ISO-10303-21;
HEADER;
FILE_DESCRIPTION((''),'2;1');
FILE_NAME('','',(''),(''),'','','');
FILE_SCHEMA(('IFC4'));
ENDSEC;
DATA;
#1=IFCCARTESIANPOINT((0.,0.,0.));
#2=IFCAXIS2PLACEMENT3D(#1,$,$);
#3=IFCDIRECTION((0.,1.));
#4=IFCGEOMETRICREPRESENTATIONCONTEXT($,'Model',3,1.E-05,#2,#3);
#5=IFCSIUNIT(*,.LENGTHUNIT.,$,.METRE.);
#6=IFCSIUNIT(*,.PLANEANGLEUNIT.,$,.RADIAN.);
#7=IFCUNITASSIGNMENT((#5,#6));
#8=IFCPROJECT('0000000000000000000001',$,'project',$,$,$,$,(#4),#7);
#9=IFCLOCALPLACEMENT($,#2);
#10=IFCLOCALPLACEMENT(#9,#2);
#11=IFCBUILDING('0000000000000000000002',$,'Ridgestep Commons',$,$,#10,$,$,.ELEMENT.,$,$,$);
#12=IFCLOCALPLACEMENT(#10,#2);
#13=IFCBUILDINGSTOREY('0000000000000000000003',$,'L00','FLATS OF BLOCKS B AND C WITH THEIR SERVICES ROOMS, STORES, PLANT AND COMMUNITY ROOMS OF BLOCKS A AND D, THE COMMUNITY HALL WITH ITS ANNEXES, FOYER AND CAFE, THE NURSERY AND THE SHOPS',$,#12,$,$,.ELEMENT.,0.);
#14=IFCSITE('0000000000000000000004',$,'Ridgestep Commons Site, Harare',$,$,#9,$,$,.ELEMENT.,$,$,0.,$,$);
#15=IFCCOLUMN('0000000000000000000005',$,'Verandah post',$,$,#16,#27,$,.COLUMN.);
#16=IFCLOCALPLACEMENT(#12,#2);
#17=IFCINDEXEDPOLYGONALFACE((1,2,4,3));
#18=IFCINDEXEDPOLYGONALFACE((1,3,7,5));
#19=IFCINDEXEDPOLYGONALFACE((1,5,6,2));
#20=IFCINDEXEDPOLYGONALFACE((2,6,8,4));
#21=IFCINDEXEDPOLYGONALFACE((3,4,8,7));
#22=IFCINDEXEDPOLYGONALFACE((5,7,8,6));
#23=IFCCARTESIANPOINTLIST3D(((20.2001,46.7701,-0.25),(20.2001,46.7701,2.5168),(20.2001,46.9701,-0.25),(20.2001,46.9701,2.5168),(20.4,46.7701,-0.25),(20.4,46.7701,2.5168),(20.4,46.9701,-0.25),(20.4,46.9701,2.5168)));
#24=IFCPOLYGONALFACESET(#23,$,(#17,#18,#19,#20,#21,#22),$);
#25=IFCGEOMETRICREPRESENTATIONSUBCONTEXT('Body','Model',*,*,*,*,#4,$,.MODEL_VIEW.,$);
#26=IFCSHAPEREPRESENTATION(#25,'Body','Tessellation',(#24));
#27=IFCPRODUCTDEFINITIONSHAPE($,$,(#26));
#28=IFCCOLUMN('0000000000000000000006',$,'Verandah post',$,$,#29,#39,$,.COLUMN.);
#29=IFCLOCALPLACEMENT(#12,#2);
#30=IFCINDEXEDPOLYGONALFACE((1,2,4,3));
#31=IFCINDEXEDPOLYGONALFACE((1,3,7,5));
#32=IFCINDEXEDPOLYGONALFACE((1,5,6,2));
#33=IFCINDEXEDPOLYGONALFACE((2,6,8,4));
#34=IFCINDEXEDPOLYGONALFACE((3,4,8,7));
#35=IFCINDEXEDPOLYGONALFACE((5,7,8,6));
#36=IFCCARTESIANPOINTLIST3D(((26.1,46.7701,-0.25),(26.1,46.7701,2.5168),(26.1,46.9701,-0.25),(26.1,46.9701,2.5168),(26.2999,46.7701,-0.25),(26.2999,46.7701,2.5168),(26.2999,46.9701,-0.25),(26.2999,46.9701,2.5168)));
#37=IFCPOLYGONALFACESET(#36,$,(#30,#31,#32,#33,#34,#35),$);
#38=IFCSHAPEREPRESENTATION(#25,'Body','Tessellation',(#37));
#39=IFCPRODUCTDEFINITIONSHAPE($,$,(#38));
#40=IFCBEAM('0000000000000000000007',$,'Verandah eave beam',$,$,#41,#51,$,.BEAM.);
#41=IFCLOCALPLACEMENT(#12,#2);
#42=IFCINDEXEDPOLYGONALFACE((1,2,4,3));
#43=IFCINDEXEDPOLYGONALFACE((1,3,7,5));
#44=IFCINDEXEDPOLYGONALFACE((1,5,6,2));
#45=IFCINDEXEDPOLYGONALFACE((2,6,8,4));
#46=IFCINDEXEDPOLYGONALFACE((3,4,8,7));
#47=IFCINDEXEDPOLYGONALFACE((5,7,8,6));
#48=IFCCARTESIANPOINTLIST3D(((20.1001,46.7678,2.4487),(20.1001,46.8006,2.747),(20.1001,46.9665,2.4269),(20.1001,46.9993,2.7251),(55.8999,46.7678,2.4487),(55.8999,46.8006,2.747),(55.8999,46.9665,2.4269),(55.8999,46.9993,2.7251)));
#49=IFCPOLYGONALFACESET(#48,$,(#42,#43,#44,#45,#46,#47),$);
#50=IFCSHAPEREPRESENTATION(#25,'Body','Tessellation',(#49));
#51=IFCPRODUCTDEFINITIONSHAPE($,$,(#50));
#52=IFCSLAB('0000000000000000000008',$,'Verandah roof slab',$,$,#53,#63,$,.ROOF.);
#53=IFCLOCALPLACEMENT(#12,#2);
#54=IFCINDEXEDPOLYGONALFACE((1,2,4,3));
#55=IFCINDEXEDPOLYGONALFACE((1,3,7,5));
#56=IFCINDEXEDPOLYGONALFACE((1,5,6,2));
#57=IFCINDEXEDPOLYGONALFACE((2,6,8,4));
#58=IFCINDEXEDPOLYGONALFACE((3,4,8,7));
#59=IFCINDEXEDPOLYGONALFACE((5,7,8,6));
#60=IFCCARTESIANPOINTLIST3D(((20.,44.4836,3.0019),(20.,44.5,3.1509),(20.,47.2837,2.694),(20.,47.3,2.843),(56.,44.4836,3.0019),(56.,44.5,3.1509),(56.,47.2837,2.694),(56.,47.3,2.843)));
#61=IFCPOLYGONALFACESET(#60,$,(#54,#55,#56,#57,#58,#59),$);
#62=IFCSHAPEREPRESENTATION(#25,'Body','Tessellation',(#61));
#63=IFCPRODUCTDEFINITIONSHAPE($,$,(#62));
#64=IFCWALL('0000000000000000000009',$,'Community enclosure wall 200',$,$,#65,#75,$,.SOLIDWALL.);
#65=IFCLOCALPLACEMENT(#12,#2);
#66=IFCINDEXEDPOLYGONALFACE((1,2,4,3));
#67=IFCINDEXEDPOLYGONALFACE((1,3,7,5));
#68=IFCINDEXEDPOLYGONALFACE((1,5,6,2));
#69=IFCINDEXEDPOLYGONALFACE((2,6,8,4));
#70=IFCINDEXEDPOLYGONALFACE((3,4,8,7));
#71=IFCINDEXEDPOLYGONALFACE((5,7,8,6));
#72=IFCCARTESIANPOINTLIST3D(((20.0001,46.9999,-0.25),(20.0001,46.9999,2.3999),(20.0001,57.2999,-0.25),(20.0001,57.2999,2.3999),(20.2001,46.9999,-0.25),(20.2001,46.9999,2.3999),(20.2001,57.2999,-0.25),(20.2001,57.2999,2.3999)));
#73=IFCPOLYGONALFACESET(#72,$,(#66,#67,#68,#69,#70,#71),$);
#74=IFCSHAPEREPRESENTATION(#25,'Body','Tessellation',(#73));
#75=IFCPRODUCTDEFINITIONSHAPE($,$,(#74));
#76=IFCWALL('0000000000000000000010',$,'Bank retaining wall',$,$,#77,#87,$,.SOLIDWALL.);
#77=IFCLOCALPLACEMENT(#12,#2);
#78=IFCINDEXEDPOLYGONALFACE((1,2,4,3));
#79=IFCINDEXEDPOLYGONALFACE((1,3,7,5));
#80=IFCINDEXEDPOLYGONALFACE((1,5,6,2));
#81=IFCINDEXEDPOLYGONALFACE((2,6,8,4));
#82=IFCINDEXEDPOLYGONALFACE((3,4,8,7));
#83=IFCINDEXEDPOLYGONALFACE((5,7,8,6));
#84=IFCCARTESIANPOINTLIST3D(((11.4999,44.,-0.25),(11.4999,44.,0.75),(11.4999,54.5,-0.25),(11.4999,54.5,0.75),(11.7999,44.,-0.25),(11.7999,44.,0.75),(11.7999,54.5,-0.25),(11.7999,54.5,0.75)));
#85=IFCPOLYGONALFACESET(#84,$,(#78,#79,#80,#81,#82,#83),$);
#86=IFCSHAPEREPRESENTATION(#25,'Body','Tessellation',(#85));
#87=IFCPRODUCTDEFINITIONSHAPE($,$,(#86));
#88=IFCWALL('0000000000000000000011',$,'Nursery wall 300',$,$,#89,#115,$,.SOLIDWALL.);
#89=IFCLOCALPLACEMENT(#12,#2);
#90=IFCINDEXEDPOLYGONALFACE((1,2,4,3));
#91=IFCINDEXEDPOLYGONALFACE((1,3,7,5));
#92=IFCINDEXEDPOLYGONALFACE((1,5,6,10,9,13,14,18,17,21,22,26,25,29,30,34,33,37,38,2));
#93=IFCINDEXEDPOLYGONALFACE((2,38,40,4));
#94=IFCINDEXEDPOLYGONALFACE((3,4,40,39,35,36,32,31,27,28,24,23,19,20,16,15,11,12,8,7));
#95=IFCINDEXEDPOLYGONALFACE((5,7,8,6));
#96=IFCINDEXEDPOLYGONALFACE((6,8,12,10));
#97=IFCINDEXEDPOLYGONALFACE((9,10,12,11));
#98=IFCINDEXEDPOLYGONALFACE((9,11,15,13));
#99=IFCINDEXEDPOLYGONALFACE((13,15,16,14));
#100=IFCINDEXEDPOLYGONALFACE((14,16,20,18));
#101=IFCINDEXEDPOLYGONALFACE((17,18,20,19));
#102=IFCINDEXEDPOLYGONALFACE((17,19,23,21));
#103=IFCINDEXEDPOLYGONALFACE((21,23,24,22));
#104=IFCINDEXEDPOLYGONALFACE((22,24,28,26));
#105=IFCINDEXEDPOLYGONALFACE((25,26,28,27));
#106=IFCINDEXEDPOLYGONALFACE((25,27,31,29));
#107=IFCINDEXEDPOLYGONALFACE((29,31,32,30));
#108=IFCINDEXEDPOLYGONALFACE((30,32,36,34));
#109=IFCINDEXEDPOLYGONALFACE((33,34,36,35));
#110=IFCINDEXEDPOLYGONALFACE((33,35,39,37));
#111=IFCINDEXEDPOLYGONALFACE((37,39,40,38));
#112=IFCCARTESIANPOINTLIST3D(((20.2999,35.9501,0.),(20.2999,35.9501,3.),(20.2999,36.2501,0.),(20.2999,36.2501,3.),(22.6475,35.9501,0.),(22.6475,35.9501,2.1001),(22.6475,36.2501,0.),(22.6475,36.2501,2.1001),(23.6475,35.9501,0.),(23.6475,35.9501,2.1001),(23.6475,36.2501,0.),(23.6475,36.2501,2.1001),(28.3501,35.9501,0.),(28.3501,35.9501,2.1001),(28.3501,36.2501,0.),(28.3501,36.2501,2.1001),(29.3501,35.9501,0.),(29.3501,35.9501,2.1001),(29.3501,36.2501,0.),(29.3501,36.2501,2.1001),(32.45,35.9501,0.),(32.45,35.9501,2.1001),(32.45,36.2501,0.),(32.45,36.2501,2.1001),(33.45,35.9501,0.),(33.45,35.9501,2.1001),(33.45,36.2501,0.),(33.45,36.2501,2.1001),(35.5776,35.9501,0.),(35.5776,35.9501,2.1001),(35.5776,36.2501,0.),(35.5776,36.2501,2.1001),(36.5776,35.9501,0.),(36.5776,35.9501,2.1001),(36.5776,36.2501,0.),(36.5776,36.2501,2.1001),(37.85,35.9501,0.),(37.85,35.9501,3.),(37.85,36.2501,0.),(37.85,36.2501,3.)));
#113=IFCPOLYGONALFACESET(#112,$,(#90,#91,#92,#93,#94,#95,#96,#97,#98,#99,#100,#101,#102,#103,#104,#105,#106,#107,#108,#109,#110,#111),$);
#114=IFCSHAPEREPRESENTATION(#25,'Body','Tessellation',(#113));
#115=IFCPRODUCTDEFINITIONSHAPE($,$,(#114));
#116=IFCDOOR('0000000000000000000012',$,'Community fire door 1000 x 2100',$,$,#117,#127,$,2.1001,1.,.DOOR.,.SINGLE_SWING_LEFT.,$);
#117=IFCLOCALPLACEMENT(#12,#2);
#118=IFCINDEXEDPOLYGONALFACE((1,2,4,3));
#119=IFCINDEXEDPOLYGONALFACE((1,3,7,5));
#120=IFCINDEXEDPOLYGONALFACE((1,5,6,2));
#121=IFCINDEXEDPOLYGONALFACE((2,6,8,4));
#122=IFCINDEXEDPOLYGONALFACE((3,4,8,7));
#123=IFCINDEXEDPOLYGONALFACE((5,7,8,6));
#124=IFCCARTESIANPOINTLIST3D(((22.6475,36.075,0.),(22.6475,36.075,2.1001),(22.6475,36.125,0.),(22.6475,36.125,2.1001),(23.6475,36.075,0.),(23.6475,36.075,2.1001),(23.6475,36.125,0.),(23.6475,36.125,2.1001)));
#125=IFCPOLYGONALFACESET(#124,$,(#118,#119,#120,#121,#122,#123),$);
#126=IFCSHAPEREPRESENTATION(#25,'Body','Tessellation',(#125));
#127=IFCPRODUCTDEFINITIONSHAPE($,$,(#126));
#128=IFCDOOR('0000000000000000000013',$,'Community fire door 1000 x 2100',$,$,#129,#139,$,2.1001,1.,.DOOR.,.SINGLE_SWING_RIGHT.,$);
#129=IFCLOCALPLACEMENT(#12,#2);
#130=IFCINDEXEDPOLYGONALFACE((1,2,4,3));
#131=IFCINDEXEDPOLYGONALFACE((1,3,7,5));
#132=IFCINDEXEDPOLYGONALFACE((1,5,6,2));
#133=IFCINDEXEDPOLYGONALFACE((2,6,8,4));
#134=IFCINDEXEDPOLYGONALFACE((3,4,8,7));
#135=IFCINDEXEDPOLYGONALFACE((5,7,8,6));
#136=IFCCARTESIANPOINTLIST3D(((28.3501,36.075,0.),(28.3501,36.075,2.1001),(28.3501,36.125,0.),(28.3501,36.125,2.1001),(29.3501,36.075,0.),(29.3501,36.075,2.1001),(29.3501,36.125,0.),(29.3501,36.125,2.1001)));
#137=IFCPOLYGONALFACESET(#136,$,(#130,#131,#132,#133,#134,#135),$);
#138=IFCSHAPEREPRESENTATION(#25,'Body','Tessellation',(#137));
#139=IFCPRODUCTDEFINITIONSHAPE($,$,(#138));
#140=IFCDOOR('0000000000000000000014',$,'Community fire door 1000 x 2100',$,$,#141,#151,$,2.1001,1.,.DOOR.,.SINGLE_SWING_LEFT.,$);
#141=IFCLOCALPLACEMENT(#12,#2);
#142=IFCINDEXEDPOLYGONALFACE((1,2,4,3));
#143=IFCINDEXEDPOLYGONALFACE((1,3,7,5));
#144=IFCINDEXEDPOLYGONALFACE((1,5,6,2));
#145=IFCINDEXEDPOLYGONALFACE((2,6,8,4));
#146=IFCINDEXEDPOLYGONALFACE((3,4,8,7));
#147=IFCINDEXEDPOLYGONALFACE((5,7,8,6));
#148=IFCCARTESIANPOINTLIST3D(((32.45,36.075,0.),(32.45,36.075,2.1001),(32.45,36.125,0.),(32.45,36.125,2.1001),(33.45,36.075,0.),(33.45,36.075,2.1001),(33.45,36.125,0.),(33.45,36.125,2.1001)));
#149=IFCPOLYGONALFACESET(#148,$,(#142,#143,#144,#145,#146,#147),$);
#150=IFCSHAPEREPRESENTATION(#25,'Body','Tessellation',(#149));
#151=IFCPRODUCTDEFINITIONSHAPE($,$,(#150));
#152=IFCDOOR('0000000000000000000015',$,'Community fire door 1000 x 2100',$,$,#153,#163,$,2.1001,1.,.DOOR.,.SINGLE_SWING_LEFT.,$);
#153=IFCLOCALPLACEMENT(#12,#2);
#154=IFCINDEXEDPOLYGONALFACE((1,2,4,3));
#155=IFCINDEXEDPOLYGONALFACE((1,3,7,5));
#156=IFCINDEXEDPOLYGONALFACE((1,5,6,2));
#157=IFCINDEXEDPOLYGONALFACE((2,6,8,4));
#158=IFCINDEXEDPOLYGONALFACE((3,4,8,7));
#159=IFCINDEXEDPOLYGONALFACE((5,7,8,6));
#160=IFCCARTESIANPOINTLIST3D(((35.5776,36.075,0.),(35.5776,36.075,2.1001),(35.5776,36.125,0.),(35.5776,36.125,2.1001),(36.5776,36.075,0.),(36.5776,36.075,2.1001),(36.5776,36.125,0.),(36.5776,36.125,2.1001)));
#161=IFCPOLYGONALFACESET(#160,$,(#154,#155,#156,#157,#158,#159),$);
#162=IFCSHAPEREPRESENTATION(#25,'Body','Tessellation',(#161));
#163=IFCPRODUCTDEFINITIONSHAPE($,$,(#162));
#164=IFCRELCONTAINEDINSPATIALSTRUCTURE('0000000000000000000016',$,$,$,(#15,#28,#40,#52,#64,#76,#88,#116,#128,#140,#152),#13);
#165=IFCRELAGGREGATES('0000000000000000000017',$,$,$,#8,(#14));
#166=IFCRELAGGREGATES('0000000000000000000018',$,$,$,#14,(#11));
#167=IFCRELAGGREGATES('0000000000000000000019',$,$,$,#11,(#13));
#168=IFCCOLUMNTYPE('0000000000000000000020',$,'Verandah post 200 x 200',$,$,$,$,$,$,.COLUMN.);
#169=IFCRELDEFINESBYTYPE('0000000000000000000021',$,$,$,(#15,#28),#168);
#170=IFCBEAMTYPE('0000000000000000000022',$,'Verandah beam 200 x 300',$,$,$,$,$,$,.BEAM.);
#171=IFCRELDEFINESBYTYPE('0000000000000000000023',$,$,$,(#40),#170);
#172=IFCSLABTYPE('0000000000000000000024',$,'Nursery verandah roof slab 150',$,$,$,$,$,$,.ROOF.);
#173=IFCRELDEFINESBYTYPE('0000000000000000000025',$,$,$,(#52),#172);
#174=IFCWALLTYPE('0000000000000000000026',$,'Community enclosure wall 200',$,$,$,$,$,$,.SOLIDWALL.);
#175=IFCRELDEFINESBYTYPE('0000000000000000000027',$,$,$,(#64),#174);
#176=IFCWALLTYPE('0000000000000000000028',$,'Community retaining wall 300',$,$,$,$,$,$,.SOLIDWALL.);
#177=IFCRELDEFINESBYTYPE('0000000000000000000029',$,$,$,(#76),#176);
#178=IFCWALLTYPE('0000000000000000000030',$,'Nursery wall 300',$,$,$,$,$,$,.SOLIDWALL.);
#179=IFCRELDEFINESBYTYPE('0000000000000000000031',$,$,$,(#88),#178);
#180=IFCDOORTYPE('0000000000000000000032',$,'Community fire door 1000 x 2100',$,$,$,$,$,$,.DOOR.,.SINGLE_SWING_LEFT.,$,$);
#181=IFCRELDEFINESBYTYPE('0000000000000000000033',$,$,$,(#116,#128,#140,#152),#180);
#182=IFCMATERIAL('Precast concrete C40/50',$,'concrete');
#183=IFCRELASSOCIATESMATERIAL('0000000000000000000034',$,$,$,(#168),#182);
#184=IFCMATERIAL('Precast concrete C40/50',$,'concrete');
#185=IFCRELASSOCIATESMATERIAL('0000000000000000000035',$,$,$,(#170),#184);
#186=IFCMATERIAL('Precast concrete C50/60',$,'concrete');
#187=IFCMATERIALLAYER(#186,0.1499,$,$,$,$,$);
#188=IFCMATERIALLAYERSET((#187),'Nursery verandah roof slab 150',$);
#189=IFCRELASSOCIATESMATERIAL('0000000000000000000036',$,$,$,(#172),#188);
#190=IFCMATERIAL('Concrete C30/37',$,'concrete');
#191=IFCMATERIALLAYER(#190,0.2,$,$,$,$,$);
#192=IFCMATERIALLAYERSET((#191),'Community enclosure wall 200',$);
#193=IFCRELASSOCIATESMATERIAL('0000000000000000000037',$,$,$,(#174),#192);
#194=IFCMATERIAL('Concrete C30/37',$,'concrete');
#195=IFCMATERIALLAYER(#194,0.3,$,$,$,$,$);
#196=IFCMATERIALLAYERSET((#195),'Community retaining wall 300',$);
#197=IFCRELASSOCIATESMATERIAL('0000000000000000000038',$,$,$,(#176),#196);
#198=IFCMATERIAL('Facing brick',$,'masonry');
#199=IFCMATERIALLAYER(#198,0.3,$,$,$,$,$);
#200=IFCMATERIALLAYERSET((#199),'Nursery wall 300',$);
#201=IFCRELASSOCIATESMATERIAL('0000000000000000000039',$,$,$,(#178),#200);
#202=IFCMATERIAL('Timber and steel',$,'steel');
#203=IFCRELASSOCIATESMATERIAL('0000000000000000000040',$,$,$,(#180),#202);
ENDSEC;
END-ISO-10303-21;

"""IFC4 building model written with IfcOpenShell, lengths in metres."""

from ifc_helpers import new_model, si_unit, direction, frame, frame_2d, origin, origin_2d, place, context, subcontext, project, spatial, polyline, rectangle, outline, extrude, material, layer, layer_set, material_profile, profile_set, type_object, element, fill, save


model = new_model("IFC4")

# Units and contexts
model_context = context("Model", 3, precision=1e-05, world=origin(), true_north=direction((0.0, 1.0)))
body_context = subcontext(model_context, "Body", "Model", "MODEL_VIEW")
ifc_project = project(units=[si_unit("LENGTHUNIT", "METRE"), si_unit("PLANEANGLEUNIT", "RADIAN")], contexts=[model_context])

# Site, building, storey
site_placement = place(None, origin())
site = spatial("IfcSite", under=ifc_project, at=site_placement, Name="Ridgestep Commons Site, Harare", CompositionType="ELEMENT", RefElevation=0.0)
building_placement = place(site_placement, origin())
building = spatial("IfcBuilding", under=site, at=building_placement, Name="Ridgestep Commons", CompositionType="ELEMENT")
storey_placement = place(building_placement, origin())
storey = spatial("IfcBuildingStorey", under=building, at=storey_placement, Name="L00", Description="FLATS OF BLOCKS B AND C WITH THEIR SERVICES ROOMS, STORES, PLANT AND COMMUNITY ROOMS OF BLOCKS A AND D, THE COMMUNITY HALL WITH ITS ANNEXES, FOYER AND CAFE, THE NURSERY AND THE SHOPS", CompositionType="ELEMENT", Elevation=0.0)

# Columns
ifc_material_1 = material(Name="Precast concrete C40/50", Category="concrete")
ifc_material_profile_1 = material_profile(ifc_material_1, rectangle(XDim=0.2, YDim=0.2, at=origin_2d()), Name="Verandah post 200 x 200")
ifc_profile_set_1 = profile_set([ifc_material_profile_1], Name="Precast concrete C40/50")
column_type = type_object("IfcColumnType", Name="Verandah post 200 x 200", PredefinedType="COLUMN", material=ifc_profile_set_1)
for number, where, z_axis, x_axis, name in (
    (1, (20.3, 46.8701, -0.25), (0.0, 0.0, 1.0), (1.0, 0.0, 0.0), "Verandah post"),
    (2, (26.2, 46.8701, -0.25), (0.0, 0.0, 1.0), (1.0, 0.0, 0.0), "Verandah post"),
):
    element("IfcColumn", number, at=place(storey_placement, frame(where, z_axis=z_axis, x_axis=x_axis)), inside=storey, type_object=column_type, Name=name, PredefinedType="COLUMN", context=body_context, shape_type="SweptSolid", body=[
        extrude(rectangle(XDim=0.2, YDim=0.2, at=origin_2d()), origin(), (0.0, 0.0, 1.0), 2.7668),
    ])

# Beam
ifc_material_2 = material(Name="Precast concrete C40/50", Category="concrete")
ifc_material_profile_2 = material_profile(ifc_material_2, rectangle(XDim=0.2, YDim=0.3, at=origin_2d()), Name="Verandah beam 200 x 300")
ifc_profile_set_2 = profile_set([ifc_material_profile_2], Name="Precast concrete C40/50")
beam_type = type_object("IfcBeamType", Name="Verandah beam 200 x 300", PredefinedType="BEAM", material=ifc_profile_set_2)
beam_placement = place(storey_placement, frame((20.1001, 46.8835, 2.5869), z_axis=(1.0, 0.0, 0.0), x_axis=(0.0, 0.994004, -0.10934)))
element("IfcBeam", 3, at=beam_placement, inside=storey, type_object=beam_type, Name="Verandah eave beam", PredefinedType="BEAM", context=body_context, shape_type="SweptSolid", body=[
    extrude(rectangle(XDim=0.2, YDim=0.3, at=origin_2d()), origin(), (0.0, 0.0, 1.0), 35.7998),
])

# Slab
ifc_material_3 = material(Name="Precast concrete C50/60", Category="concrete")
ifc_layer_1 = layer(ifc_material_3, 0.1499)
ifc_layer_set_1 = layer_set([ifc_layer_1], Name="Nursery verandah roof slab 150")
slab_type = type_object("IfcSlabType", Name="Nursery verandah roof slab 150", PredefinedType="ROOF", material=ifc_layer_set_1)
slab_placement = place(storey_placement, frame((20.0, 44.5, 3.1509), z_axis=(0.0, 0.10929, 0.99401), x_axis=(1.0, 0.0, 0.0)))
element("IfcSlab", 4, at=slab_placement, inside=storey, type_object=slab_type, Name="Verandah roof slab", PredefinedType="ROOF", context=body_context, shape_type="SweptSolid", body=[
    extrude(outline(polyline([(0.0, 0.0), (36.0, 0.0), (36.0, 2.8169), (0.0, 2.8169), (0.0, 0.0)])), origin(), (0.0, 0.0, -1.0), 0.1499),
])

# Walls
ifc_material_4 = material(Name="Concrete C30/37", Category="concrete")
ifc_layer_2 = layer(ifc_material_4, 0.2)
ifc_layer_set_2 = layer_set([ifc_layer_2], Name="Community enclosure wall 200")
wall_type_1 = type_object("IfcWallType", Name="Community enclosure wall 200", PredefinedType="SOLIDWALL", material=ifc_layer_set_2)
wall_1_placement = place(storey_placement, frame((20.1001, 47.0, -0.25), z_axis=(0.0, 0.0, 1.0), x_axis=(0.0, 1.0, 0.0)))
element("IfcWall", 5, at=wall_1_placement, inside=storey, type_object=wall_type_1, Name="Community enclosure wall 200", PredefinedType="SOLIDWALL", context=body_context, shape_type="SweptSolid", body=[
    extrude(rectangle(XDim=10.3, YDim=0.2, at=frame_2d((5.1499, 0.0))), origin(), (0.0, 0.0, 1.0), 2.6499),
])
ifc_material_5 = material(Name="Concrete C30/37", Category="concrete")
ifc_layer_3 = layer(ifc_material_5, 0.3)
ifc_layer_set_3 = layer_set([ifc_layer_3], Name="Community retaining wall 300")
wall_type_2 = type_object("IfcWallType", Name="Community retaining wall 300", PredefinedType="SOLIDWALL", material=ifc_layer_set_3)
wall_2_placement = place(storey_placement, frame((11.6499, 44.0, -0.25), z_axis=(0.0, 0.0, 1.0), x_axis=(0.0, 1.0, 0.0)))
element("IfcWall", 6, at=wall_2_placement, inside=storey, type_object=wall_type_2, Name="Bank retaining wall", PredefinedType="SOLIDWALL", context=body_context, shape_type="SweptSolid", body=[
    extrude(rectangle(XDim=10.5, YDim=0.3, at=frame_2d((5.25, 0.0))), origin(), (0.0, 0.0, 1.0), 1.0),
])

# Wall, openings, doors
ifc_material_6 = material(Name="Facing brick", Category="masonry")
ifc_layer_4 = layer(ifc_material_6, 0.3)
ifc_layer_set_4 = layer_set([ifc_layer_4], Name="Nursery wall 300")
wall_type_3 = type_object("IfcWallType", Name="Nursery wall 300", PredefinedType="SOLIDWALL", material=ifc_layer_set_4)
wall_3_placement = place(storey_placement, frame((20.3, 36.1001, 0.0), z_axis=(0.0, 0.0, 1.0), x_axis=(1.0, 0.0, 0.0)))
wall_3 = element("IfcWall", 7, at=wall_3_placement, inside=storey, type_object=wall_type_3, Name="Nursery wall 300", PredefinedType="SOLIDWALL", context=body_context, shape_type="SweptSolid", body=[
    extrude(rectangle(XDim=17.55, YDim=0.3, at=frame_2d((8.7749, 0.0))), origin(), (0.0, 0.0, 1.0), 3.0),
])
opening_1_placement = place(wall_3_placement, frame((2.3474, 0.0, 0.0)))
opening_1 = element("IfcOpeningElement", 8, at=opening_1_placement, cuts=wall_3, PredefinedType="OPENING", context=body_context, shape_type="SweptSolid", body=[
    extrude(rectangle(XDim=1.0, YDim=2.1001, at=frame_2d((0.5, 1.05))), frame((0.0, 0.1599, 0.0), z_axis=(0.0, -1.0, 0.0), x_axis=(1.0, 0.0, 0.0)), (0.0, 0.0, 1.0), 0.3201),
])
opening_2_placement = place(wall_3_placement, frame((8.05, 0.0, 0.0)))
opening_2 = element("IfcOpeningElement", 9, at=opening_2_placement, cuts=wall_3, PredefinedType="OPENING", context=body_context, shape_type="SweptSolid", body=[
    extrude(rectangle(XDim=1.0, YDim=2.1001, at=frame_2d((0.5, 1.05))), frame((0.0, 0.1599, 0.0), z_axis=(0.0, -1.0, 0.0), x_axis=(1.0, 0.0, 0.0)), (0.0, 0.0, 1.0), 0.3201),
])
opening_3_placement = place(wall_3_placement, frame((12.1499, 0.0, 0.0)))
opening_3 = element("IfcOpeningElement", 10, at=opening_3_placement, cuts=wall_3, PredefinedType="OPENING", context=body_context, shape_type="SweptSolid", body=[
    extrude(rectangle(XDim=1.0, YDim=2.1001, at=frame_2d((0.5, 1.05))), frame((0.0, 0.1599, 0.0), z_axis=(0.0, -1.0, 0.0), x_axis=(1.0, 0.0, 0.0)), (0.0, 0.0, 1.0), 0.3201),
])
opening_4_placement = place(wall_3_placement, frame((15.2776, 0.0, 0.0)))
opening_4 = element("IfcOpeningElement", 11, at=opening_4_placement, cuts=wall_3, PredefinedType="OPENING", context=body_context, shape_type="SweptSolid", body=[
    extrude(rectangle(XDim=1.0, YDim=2.1001, at=frame_2d((0.5, 1.05))), frame((0.0, 0.1599, 0.0), z_axis=(0.0, -1.0, 0.0), x_axis=(1.0, 0.0, 0.0)), (0.0, 0.0, 1.0), 0.3201),
])
ifc_material_7 = material(Name="Timber and steel", Category="steel")
door_type_1 = type_object("IfcDoorType", Name="Community fire door 1000 x 2100", OperationType="SINGLE_SWING_LEFT", PredefinedType="DOOR", material=ifc_material_7)
door_1_placement = place(opening_1_placement, origin())
door_1 = element("IfcDoor", 12, at=door_1_placement, inside=storey, type_object=door_type_1, Name="Community fire door 1000 x 2100", OperationType="SINGLE_SWING_LEFT", OverallHeight=2.1001, OverallWidth=1.0, PredefinedType="DOOR", context=body_context, shape_type="SweptSolid", body=[
    extrude(rectangle(XDim=1.0, YDim=2.1001, at=frame_2d((0.5, 1.05))), frame((0.0, 0.0249, 0.0), z_axis=(0.0, -1.0, 0.0), x_axis=(1.0, 0.0, 0.0)), (0.0, 0.0, 1.0), 0.05),
])
fill(opening_1, door_1)
door_2_placement = place(opening_2_placement, origin())
door_2 = element("IfcDoor", 13, at=door_2_placement, inside=storey, type_object=door_type_1, Name="Community fire door 1000 x 2100", OperationType="SINGLE_SWING_RIGHT", OverallHeight=2.1001, OverallWidth=1.0, PredefinedType="DOOR", context=body_context, shape_type="SweptSolid", body=[
    extrude(rectangle(XDim=1.0, YDim=2.1001, at=frame_2d((0.5, 1.05))), frame((0.0, 0.0249, 0.0), z_axis=(0.0, -1.0, 0.0), x_axis=(1.0, 0.0, 0.0)), (0.0, 0.0, 1.0), 0.05),
])
fill(opening_2, door_2)
door_3_placement = place(opening_3_placement, origin())
door_3 = element("IfcDoor", 14, at=door_3_placement, inside=storey, type_object=door_type_1, Name="Community fire door 1000 x 2100", OperationType="SINGLE_SWING_LEFT", OverallHeight=2.1001, OverallWidth=1.0, PredefinedType="DOOR", context=body_context, shape_type="SweptSolid", body=[
    extrude(rectangle(XDim=1.0, YDim=2.1001, at=frame_2d((0.5, 1.05))), frame((0.0, 0.0249, 0.0), z_axis=(0.0, -1.0, 0.0), x_axis=(1.0, 0.0, 0.0)), (0.0, 0.0, 1.0), 0.05),
])
fill(opening_3, door_3)
door_4_placement = place(opening_4_placement, origin())
door_4 = element("IfcDoor", 15, at=door_4_placement, inside=storey, type_object=door_type_1, Name="Community fire door 1000 x 2100", OperationType="SINGLE_SWING_LEFT", OverallHeight=2.1001, OverallWidth=1.0, PredefinedType="DOOR", context=body_context, shape_type="SweptSolid", body=[
    extrude(rectangle(XDim=1.0, YDim=2.1001, at=frame_2d((0.5, 1.05))), frame((0.0, 0.0249, 0.0), z_axis=(0.0, -1.0, 0.0), x_axis=(1.0, 0.0, 0.0)), (0.0, 0.0, 1.0), 0.05),
])
fill(opening_4, door_4)

save(model, "model.ifc")
